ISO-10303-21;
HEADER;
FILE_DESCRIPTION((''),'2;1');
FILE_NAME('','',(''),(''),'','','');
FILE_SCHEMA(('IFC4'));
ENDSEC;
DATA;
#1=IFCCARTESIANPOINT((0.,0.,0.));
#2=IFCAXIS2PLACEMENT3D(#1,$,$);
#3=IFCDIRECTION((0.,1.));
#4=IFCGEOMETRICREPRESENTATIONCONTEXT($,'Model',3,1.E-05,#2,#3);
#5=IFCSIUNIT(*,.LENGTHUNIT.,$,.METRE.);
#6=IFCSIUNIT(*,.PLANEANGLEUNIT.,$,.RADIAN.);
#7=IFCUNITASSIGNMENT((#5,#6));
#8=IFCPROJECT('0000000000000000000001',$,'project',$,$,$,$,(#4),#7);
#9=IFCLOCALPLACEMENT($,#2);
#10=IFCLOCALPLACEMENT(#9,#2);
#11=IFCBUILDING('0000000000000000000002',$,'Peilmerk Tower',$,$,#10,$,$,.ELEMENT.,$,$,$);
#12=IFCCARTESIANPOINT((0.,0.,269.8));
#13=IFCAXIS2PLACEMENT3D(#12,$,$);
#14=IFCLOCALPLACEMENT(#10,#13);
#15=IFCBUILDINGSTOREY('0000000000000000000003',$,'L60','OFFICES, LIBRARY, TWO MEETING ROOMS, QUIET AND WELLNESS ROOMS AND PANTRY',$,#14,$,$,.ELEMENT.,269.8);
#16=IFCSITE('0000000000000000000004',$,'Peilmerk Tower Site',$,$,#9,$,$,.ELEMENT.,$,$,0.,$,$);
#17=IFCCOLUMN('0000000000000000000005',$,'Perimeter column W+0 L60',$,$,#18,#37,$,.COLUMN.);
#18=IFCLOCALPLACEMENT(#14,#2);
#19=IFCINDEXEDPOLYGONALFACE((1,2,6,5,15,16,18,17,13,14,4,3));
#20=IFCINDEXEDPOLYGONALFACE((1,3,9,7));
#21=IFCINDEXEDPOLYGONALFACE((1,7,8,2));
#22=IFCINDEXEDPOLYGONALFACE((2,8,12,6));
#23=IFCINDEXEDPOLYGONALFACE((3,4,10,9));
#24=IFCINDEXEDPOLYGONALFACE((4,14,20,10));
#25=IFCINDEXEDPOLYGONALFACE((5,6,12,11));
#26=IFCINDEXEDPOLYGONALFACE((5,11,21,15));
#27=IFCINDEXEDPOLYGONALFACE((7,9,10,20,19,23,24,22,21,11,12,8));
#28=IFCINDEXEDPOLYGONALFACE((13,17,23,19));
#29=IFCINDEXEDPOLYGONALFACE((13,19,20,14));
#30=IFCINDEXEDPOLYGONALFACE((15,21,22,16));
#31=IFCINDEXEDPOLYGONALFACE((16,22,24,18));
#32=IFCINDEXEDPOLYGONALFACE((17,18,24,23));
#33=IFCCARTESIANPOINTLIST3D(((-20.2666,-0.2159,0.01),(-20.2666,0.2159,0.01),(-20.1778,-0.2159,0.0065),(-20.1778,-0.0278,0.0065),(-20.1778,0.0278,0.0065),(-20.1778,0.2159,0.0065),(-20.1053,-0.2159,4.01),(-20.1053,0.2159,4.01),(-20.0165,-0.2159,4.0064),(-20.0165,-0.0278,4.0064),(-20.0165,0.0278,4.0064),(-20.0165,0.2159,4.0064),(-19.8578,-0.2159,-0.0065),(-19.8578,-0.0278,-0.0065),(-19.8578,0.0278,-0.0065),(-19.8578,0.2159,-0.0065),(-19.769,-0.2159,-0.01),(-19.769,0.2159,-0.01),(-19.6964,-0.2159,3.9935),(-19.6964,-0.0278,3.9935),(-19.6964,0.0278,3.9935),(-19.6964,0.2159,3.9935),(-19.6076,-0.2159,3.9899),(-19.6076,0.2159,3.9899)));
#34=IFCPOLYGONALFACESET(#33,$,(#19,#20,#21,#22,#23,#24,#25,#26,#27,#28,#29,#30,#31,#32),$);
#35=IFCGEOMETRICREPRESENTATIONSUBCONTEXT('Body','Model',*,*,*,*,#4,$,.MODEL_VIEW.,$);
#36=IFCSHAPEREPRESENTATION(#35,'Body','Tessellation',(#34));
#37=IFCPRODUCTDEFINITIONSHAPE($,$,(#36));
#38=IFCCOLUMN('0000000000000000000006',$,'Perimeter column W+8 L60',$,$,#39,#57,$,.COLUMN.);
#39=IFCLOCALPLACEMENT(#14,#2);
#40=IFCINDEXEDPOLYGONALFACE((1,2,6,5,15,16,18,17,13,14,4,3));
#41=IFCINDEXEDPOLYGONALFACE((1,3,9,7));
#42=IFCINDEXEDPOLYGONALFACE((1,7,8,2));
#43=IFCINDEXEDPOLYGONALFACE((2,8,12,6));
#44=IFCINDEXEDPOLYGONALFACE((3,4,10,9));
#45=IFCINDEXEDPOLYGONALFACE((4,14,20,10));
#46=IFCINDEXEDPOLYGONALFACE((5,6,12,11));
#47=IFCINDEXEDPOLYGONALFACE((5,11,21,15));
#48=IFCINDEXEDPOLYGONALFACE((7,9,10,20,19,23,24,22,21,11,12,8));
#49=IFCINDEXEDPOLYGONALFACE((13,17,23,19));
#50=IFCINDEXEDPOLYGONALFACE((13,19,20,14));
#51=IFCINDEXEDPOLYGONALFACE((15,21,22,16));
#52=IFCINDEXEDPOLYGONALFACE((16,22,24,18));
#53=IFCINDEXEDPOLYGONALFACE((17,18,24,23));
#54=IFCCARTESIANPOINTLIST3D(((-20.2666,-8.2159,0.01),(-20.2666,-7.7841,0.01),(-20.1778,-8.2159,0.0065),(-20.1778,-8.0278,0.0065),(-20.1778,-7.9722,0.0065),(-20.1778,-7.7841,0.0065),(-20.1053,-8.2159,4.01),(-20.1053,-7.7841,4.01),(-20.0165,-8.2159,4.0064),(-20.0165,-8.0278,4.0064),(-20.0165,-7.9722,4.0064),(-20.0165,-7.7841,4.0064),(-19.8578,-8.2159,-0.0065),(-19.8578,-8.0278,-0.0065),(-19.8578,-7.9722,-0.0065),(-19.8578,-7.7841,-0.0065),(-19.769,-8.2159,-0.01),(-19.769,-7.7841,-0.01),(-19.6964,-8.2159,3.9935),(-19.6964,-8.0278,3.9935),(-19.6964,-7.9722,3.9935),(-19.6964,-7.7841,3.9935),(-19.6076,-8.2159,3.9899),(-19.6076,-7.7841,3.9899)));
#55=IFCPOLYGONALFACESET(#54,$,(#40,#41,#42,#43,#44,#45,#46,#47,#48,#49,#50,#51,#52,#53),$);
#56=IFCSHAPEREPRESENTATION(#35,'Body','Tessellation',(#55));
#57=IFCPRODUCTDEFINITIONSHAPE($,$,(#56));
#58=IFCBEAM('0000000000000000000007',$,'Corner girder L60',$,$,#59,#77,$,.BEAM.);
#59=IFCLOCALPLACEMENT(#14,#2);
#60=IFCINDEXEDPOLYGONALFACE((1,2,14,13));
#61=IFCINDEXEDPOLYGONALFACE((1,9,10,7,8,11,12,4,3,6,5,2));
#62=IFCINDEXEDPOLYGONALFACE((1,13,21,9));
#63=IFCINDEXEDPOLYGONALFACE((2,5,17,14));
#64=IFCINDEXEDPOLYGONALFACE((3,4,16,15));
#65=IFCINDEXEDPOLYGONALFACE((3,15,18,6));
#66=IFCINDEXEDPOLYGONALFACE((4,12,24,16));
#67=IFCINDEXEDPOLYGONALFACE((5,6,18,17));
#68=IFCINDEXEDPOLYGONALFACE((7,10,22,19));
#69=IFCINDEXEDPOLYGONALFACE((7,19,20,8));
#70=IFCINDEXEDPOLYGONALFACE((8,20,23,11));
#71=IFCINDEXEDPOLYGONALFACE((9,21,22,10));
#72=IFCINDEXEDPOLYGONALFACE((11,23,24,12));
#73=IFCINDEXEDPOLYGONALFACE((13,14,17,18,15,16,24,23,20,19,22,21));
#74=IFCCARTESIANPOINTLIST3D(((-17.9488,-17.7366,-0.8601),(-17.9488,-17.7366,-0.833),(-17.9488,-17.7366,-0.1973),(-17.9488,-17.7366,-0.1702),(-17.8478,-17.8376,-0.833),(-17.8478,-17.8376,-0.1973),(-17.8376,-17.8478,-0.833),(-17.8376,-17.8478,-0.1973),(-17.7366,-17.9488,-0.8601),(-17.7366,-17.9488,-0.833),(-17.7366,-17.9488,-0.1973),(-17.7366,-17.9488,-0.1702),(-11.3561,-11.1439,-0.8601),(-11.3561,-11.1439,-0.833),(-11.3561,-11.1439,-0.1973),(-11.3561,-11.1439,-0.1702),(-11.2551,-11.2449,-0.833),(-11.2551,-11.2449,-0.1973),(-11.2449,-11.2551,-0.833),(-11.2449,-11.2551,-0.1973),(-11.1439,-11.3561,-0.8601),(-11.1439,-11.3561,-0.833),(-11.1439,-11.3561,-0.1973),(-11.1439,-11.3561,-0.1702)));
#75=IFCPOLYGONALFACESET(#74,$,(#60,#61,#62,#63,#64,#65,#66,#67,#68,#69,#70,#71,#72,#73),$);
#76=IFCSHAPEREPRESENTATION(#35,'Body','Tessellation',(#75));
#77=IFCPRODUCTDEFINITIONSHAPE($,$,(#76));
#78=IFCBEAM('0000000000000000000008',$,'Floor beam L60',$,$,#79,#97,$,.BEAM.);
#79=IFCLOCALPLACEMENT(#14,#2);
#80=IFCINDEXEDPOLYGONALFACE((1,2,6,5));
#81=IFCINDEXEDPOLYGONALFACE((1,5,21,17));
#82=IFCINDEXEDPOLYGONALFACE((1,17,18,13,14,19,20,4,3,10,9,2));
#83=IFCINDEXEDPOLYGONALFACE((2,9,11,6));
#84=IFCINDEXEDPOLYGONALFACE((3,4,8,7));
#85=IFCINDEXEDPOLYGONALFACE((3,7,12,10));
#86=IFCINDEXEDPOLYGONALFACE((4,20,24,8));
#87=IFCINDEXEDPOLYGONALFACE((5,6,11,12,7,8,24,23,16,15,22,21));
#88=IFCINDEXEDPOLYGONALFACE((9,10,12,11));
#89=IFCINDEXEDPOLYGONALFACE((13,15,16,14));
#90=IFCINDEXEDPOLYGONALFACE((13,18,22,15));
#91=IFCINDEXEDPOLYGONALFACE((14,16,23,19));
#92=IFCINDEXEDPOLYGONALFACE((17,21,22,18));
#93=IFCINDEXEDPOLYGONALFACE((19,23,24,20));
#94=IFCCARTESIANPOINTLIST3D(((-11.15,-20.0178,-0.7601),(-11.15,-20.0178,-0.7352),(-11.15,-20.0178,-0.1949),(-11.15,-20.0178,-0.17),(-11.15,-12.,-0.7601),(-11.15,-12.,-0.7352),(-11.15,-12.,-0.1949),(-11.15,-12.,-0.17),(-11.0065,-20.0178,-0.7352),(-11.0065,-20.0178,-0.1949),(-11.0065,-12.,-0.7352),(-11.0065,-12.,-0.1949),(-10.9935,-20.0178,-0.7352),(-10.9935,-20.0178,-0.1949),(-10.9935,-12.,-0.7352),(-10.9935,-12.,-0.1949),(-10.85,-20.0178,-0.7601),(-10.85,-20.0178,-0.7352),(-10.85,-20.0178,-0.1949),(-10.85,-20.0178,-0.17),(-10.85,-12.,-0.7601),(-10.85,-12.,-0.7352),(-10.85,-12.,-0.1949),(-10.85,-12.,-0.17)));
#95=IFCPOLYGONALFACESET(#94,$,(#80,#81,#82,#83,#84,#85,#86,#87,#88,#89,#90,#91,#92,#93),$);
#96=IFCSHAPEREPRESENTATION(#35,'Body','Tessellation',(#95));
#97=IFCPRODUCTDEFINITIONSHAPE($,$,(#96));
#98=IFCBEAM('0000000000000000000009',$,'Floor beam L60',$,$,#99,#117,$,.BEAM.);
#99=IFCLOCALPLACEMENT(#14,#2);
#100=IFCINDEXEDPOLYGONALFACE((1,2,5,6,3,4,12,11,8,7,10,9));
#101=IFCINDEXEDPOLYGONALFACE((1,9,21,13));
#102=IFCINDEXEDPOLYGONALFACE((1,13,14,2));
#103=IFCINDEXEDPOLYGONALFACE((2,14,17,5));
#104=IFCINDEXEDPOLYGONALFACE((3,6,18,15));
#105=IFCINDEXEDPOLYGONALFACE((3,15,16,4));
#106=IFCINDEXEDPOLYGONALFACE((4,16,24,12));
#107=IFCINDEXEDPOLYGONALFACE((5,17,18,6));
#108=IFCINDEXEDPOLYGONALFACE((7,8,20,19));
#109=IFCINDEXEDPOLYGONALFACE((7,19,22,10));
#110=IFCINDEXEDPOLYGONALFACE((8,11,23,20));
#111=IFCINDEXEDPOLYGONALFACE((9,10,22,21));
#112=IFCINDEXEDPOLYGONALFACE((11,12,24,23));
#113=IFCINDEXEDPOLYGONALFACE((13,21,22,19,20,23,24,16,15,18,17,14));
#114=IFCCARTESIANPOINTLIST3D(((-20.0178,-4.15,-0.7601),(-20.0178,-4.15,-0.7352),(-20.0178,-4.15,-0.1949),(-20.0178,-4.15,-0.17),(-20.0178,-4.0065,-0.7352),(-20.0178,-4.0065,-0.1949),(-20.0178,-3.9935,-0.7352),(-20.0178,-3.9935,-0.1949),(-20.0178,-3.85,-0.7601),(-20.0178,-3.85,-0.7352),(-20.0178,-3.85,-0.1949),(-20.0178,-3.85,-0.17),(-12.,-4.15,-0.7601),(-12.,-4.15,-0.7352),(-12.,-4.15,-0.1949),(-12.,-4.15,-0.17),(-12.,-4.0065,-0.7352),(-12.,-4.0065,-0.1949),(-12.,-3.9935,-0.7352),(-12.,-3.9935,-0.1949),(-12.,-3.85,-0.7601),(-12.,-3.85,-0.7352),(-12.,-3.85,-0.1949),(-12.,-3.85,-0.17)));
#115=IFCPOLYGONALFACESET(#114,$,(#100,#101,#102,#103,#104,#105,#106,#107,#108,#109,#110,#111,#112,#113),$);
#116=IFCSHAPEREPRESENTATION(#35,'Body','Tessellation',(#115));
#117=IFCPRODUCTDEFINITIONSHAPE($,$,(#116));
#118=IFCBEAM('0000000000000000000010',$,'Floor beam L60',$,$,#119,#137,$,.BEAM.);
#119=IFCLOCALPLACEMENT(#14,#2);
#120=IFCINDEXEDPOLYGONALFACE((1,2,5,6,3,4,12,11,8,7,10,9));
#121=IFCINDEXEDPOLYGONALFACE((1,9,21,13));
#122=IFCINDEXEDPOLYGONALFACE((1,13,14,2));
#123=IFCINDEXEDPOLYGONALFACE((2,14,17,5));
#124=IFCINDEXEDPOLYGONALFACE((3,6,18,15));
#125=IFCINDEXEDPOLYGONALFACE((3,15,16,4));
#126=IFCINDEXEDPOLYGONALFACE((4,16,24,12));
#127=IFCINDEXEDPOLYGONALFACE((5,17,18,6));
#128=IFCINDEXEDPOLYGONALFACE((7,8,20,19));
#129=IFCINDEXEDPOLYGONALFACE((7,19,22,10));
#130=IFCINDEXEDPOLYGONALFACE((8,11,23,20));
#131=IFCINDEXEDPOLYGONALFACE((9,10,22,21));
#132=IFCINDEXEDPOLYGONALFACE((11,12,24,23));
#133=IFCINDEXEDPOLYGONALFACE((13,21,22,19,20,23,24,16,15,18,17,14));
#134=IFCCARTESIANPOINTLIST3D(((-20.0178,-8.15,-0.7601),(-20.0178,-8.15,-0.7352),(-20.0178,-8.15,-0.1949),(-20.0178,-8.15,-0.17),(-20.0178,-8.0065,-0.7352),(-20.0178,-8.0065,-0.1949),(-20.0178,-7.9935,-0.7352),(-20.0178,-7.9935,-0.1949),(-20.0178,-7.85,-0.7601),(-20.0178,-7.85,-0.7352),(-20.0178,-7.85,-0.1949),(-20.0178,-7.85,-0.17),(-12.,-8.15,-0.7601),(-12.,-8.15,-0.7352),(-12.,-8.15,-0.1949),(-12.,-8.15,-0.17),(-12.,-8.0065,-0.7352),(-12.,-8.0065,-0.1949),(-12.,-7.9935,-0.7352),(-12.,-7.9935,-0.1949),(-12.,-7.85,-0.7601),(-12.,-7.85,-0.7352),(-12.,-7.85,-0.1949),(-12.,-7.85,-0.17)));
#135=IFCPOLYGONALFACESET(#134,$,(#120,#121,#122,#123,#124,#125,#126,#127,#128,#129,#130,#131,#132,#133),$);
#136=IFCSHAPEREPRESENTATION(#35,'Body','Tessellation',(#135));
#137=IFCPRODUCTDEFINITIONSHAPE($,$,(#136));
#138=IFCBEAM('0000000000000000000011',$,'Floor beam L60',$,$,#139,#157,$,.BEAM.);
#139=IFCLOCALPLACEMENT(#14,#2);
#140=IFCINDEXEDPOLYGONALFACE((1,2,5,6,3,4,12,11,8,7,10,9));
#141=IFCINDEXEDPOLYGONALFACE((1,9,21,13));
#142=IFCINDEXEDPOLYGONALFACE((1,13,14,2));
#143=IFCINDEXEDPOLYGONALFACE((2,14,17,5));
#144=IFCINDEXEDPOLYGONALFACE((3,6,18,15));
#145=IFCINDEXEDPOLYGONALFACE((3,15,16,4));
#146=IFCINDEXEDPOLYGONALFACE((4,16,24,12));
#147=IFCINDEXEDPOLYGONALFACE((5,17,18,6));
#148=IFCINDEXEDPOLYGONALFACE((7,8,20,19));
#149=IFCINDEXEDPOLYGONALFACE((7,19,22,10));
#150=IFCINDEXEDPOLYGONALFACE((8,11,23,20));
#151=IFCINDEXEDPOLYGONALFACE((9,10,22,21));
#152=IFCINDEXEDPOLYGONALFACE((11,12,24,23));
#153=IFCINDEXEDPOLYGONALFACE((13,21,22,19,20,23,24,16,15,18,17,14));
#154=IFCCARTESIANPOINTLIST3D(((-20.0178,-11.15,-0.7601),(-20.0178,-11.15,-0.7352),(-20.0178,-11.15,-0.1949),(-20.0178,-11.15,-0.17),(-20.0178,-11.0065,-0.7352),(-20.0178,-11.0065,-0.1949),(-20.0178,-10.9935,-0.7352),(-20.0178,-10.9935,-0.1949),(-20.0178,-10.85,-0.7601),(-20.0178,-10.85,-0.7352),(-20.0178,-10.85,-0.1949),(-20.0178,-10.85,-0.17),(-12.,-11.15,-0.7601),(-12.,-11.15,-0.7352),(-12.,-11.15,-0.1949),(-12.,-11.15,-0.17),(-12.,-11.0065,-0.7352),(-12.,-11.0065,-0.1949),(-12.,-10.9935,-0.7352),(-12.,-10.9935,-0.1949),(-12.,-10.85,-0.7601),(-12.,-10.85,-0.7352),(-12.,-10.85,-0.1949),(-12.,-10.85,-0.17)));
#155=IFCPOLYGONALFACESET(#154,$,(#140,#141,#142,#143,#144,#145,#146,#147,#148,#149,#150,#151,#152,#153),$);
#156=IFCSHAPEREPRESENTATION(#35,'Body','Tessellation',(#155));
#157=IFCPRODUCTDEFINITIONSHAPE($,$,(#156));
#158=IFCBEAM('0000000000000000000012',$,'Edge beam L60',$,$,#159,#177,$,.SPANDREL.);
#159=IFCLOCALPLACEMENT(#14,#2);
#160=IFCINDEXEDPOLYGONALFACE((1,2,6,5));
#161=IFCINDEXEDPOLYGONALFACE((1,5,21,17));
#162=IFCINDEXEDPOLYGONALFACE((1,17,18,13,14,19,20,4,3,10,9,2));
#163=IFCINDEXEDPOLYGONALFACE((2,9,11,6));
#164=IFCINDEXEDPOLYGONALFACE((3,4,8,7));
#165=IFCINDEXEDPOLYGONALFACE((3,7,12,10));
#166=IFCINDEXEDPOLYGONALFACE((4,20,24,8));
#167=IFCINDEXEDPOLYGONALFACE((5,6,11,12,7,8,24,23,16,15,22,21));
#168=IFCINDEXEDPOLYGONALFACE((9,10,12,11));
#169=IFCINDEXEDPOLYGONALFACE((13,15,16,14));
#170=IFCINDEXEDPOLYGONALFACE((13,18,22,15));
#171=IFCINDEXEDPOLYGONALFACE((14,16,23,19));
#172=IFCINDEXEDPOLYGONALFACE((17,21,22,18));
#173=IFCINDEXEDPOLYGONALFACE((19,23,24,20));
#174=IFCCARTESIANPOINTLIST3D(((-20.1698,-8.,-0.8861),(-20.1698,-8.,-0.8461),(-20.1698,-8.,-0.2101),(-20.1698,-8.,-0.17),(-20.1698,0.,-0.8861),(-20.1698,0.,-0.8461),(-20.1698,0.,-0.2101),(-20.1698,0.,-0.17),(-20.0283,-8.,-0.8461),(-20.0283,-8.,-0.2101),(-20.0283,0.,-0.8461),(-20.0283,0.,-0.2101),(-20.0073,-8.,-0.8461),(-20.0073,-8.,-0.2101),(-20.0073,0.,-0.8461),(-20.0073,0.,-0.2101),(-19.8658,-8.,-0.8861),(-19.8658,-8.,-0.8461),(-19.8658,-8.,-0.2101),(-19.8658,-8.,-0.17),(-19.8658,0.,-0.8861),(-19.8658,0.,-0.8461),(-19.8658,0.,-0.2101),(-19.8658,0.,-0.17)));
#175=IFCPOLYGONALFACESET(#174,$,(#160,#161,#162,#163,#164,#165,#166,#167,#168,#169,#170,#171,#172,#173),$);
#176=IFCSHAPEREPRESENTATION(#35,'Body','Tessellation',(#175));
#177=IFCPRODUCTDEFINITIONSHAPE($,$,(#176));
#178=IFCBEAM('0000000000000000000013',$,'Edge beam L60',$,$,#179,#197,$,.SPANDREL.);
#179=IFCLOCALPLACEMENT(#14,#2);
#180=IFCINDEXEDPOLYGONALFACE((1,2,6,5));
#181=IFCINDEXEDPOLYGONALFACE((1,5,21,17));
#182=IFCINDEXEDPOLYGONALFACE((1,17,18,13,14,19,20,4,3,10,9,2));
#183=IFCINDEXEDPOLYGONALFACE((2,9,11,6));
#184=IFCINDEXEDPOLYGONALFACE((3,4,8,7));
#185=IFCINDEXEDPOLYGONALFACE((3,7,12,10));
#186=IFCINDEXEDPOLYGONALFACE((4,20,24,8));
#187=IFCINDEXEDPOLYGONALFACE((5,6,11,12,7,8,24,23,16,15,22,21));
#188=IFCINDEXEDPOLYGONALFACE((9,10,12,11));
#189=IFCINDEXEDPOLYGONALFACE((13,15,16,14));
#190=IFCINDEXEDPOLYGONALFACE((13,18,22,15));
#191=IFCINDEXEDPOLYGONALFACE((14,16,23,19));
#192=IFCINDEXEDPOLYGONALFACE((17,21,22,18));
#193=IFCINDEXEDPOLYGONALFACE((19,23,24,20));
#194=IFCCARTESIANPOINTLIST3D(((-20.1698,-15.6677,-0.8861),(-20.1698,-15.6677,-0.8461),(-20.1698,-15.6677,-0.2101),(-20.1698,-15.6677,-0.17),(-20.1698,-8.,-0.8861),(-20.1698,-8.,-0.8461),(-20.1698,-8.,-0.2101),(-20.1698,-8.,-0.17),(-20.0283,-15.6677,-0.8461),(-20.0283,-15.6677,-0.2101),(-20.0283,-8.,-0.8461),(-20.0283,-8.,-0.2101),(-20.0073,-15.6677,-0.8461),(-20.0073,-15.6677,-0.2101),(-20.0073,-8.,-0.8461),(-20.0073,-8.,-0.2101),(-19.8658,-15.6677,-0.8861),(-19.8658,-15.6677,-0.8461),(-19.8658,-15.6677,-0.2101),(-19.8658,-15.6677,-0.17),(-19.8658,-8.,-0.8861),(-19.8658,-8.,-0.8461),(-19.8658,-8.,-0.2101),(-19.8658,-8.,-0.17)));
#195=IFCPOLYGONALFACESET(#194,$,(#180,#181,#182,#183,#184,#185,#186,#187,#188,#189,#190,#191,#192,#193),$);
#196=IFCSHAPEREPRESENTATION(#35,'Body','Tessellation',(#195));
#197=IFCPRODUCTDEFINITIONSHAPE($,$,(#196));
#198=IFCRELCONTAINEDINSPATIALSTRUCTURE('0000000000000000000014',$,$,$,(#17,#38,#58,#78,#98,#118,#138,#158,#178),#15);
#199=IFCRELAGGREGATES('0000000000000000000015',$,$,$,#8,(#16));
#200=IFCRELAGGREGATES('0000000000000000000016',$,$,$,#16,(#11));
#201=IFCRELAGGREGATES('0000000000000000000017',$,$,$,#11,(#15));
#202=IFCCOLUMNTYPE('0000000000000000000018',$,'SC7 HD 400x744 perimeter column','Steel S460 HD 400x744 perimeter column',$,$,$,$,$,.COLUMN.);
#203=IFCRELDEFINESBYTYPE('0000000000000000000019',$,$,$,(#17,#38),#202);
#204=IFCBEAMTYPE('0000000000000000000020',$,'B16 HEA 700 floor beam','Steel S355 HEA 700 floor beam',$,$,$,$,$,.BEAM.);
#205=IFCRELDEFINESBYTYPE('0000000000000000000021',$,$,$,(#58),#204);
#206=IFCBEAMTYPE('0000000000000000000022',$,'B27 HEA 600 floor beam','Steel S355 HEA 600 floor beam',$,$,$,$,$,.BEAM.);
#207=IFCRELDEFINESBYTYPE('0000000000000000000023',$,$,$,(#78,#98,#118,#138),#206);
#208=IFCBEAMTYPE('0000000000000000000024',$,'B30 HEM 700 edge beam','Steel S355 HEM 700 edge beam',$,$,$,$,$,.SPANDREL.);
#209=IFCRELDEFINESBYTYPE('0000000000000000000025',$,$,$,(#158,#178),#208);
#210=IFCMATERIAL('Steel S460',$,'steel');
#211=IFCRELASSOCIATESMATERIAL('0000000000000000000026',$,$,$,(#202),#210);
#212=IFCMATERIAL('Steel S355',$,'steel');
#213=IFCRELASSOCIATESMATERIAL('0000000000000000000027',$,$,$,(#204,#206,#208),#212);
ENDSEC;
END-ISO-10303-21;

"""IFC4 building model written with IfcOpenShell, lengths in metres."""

from ifc_helpers import new_model, si_unit, direction, frame, origin, origin_2d, place, context, subcontext, project, spatial, i_section, extrude, material, material_profile, profile_set, type_object, element, save


model = new_model("IFC4")

# Units and contexts
model_context = context("Model", 3, precision=1e-05, world=origin(), true_north=direction((0.0, 1.0)))
body_context = subcontext(model_context, "Body", "Model", "MODEL_VIEW")
ifc_project = project(units=[si_unit("LENGTHUNIT", "METRE"), si_unit("PLANEANGLEUNIT", "RADIAN")], contexts=[model_context])

# Site, building, storey
site_placement = place(None, origin())
site = spatial("IfcSite", under=ifc_project, at=site_placement, Name="Peilmerk Tower Site", CompositionType="ELEMENT", RefElevation=0.0)
building_placement = place(site_placement, origin())
building = spatial("IfcBuilding", under=site, at=building_placement, Name="Peilmerk Tower", CompositionType="ELEMENT")
storey_placement = place(building_placement, frame((0.0, 0.0, 269.8)))
storey = spatial("IfcBuildingStorey", under=building, at=storey_placement, Name="L60", Description="OFFICES, LIBRARY, TWO MEETING ROOMS, QUIET AND WELLNESS ROOMS AND PANTRY", CompositionType="ELEMENT", Elevation=269.8)

# Columns
ifc_material_1 = material(Name="Steel S460", Category="steel")
ifc_material_profile_1 = material_profile(ifc_material_1, i_section(OverallWidth=0.4319, OverallDepth=0.498, WebThickness=0.0557, FlangeThickness=0.0889, at=origin_2d()), Name="HD 400x744")
ifc_profile_set_1 = profile_set([ifc_material_profile_1], Name="Steel S460")
column_type = type_object("IfcColumnType", Name="SC7 HD 400x744 perimeter column", Description="Steel S460 HD 400x744 perimeter column", PredefinedType="COLUMN", material=ifc_profile_set_1)
for number, where, z_axis, x_axis, name in (
    (1, (-20.0178, 0.0, 0.0), (0.040311, 0.0, 0.999187), (0.0, 1.0, 0.0), "Perimeter column W+0 L60"),
    (2, (-20.0178, -8.0, 0.0), (0.040311, 0.0, 0.999187), (0.0, 1.0, 0.0), "Perimeter column W+8 L60"),
):
    element("IfcColumn", number, at=place(storey_placement, frame(where, z_axis=z_axis, x_axis=x_axis)), inside=storey, type_object=column_type, Name=name, PredefinedType="COLUMN", context=body_context, shape_type="SweptSolid", body=[
        extrude(i_section(OverallWidth=0.4319, OverallDepth=0.498, WebThickness=0.0557, FlangeThickness=0.0889, at=origin_2d()), origin(), (0.0, 0.0, 1.0), 4.0032),
    ])

# Beams
ifc_material_2 = material(Name="Steel S355", Category="steel")
ifc_material_profile_2 = material_profile(ifc_material_2, i_section(OverallWidth=0.3, OverallDepth=0.6899, WebThickness=0.0144, FlangeThickness=0.0271, at=origin_2d()), Name="HEA 700")
ifc_profile_set_2 = profile_set([ifc_material_profile_2], Name="Steel S355")
beam_type_1 = type_object("IfcBeamType", Name="B16 HEA 700 floor beam", Description="Steel S355 HEA 700 floor beam", PredefinedType="BEAM", material=ifc_profile_set_2)
beam_1_placement = place(storey_placement, frame((-11.25, -11.25, -0.5151), z_axis=(-0.707107, -0.707107, 0.0), x_axis=(0.707107, -0.707107, 0.0)))
element("IfcBeam", 3, at=beam_1_placement, inside=storey, type_object=beam_type_1, Name="Corner girder L60", PredefinedType="BEAM", context=body_context, shape_type="SweptSolid", body=[
    extrude(i_section(OverallWidth=0.3, OverallDepth=0.6899, WebThickness=0.0144, FlangeThickness=0.0271, at=origin_2d()), origin(), (0.0, 0.0, 1.0), 9.3235),
])
ifc_material_profile_3 = material_profile(ifc_material_2, i_section(OverallWidth=0.3, OverallDepth=0.5901, WebThickness=0.0129, FlangeThickness=0.0249, at=origin_2d()), Name="HEA 600")
ifc_profile_set_3 = profile_set([ifc_material_profile_3], Name="Steel S355")
beam_type_2 = type_object("IfcBeamType", Name="B27 HEA 600 floor beam", Description="Steel S355 HEA 600 floor beam", PredefinedType="BEAM", material=ifc_profile_set_3)
for number, where, z_axis, x_axis, name in (
    (4, (-11.0, -12.0, -0.4651), (0.0, -1.0, 0.0), (1.0, 0.0, 0.0), "Floor beam L60"),
    (5, (-12.0, -4.0, -0.4651), (-1.0, 0.0, 0.0), (0.0, -1.0, 0.0), "Floor beam L60"),
    (6, (-12.0, -8.0, -0.4651), (-1.0, 0.0, 0.0), (0.0, -1.0, 0.0), "Floor beam L60"),
    (7, (-12.0, -11.0, -0.4651), (-1.0, 0.0, 0.0), (0.0, -1.0, 0.0), "Floor beam L60"),
):
    element("IfcBeam", number, at=place(storey_placement, frame(where, z_axis=z_axis, x_axis=x_axis)), inside=storey, type_object=beam_type_2, Name=name, PredefinedType="BEAM", context=body_context, shape_type="SweptSolid", body=[
        extrude(i_section(OverallWidth=0.3, OverallDepth=0.5901, WebThickness=0.0129, FlangeThickness=0.0249, at=origin_2d()), origin(), (0.0, 0.0, 1.0), 8.0178),
    ])
ifc_material_profile_4 = material_profile(ifc_material_2, i_section(OverallWidth=0.304, OverallDepth=0.7161, WebThickness=0.021, FlangeThickness=0.04, at=origin_2d()), Name="HEM 700")
ifc_profile_set_4 = profile_set([ifc_material_profile_4], Name="Steel S355")
beam_type_3 = type_object("IfcBeamType", Name="B30 HEM 700 edge beam", Description="Steel S355 HEM 700 edge beam", PredefinedType="SPANDREL", material=ifc_profile_set_4)
beam_2_placement = place(storey_placement, frame((-20.0178, 0.0, -0.5281), z_axis=(0.0, -1.0, 0.0), x_axis=(1.0, 0.0, 0.0)))
element("IfcBeam", 8, at=beam_2_placement, inside=storey, type_object=beam_type_3, Name="Edge beam L60", PredefinedType="SPANDREL", context=body_context, shape_type="SweptSolid", body=[
    extrude(i_section(OverallWidth=0.304, OverallDepth=0.7161, WebThickness=0.021, FlangeThickness=0.04, at=origin_2d()), origin(), (0.0, 0.0, 1.0), 8.0),
])
beam_3_placement = place(storey_placement, frame((-20.0178, -8.0, -0.5281), z_axis=(0.0, -1.0, 0.0), x_axis=(1.0, 0.0, 0.0)))
element("IfcBeam", 9, at=beam_3_placement, inside=storey, type_object=beam_type_3, Name="Edge beam L60", PredefinedType="SPANDREL", context=body_context, shape_type="SweptSolid", body=[
    extrude(i_section(OverallWidth=0.304, OverallDepth=0.7161, WebThickness=0.021, FlangeThickness=0.04, at=origin_2d()), origin(), (0.0, 0.0, 1.0), 7.6677),
])

save(model, "model.ifc")
